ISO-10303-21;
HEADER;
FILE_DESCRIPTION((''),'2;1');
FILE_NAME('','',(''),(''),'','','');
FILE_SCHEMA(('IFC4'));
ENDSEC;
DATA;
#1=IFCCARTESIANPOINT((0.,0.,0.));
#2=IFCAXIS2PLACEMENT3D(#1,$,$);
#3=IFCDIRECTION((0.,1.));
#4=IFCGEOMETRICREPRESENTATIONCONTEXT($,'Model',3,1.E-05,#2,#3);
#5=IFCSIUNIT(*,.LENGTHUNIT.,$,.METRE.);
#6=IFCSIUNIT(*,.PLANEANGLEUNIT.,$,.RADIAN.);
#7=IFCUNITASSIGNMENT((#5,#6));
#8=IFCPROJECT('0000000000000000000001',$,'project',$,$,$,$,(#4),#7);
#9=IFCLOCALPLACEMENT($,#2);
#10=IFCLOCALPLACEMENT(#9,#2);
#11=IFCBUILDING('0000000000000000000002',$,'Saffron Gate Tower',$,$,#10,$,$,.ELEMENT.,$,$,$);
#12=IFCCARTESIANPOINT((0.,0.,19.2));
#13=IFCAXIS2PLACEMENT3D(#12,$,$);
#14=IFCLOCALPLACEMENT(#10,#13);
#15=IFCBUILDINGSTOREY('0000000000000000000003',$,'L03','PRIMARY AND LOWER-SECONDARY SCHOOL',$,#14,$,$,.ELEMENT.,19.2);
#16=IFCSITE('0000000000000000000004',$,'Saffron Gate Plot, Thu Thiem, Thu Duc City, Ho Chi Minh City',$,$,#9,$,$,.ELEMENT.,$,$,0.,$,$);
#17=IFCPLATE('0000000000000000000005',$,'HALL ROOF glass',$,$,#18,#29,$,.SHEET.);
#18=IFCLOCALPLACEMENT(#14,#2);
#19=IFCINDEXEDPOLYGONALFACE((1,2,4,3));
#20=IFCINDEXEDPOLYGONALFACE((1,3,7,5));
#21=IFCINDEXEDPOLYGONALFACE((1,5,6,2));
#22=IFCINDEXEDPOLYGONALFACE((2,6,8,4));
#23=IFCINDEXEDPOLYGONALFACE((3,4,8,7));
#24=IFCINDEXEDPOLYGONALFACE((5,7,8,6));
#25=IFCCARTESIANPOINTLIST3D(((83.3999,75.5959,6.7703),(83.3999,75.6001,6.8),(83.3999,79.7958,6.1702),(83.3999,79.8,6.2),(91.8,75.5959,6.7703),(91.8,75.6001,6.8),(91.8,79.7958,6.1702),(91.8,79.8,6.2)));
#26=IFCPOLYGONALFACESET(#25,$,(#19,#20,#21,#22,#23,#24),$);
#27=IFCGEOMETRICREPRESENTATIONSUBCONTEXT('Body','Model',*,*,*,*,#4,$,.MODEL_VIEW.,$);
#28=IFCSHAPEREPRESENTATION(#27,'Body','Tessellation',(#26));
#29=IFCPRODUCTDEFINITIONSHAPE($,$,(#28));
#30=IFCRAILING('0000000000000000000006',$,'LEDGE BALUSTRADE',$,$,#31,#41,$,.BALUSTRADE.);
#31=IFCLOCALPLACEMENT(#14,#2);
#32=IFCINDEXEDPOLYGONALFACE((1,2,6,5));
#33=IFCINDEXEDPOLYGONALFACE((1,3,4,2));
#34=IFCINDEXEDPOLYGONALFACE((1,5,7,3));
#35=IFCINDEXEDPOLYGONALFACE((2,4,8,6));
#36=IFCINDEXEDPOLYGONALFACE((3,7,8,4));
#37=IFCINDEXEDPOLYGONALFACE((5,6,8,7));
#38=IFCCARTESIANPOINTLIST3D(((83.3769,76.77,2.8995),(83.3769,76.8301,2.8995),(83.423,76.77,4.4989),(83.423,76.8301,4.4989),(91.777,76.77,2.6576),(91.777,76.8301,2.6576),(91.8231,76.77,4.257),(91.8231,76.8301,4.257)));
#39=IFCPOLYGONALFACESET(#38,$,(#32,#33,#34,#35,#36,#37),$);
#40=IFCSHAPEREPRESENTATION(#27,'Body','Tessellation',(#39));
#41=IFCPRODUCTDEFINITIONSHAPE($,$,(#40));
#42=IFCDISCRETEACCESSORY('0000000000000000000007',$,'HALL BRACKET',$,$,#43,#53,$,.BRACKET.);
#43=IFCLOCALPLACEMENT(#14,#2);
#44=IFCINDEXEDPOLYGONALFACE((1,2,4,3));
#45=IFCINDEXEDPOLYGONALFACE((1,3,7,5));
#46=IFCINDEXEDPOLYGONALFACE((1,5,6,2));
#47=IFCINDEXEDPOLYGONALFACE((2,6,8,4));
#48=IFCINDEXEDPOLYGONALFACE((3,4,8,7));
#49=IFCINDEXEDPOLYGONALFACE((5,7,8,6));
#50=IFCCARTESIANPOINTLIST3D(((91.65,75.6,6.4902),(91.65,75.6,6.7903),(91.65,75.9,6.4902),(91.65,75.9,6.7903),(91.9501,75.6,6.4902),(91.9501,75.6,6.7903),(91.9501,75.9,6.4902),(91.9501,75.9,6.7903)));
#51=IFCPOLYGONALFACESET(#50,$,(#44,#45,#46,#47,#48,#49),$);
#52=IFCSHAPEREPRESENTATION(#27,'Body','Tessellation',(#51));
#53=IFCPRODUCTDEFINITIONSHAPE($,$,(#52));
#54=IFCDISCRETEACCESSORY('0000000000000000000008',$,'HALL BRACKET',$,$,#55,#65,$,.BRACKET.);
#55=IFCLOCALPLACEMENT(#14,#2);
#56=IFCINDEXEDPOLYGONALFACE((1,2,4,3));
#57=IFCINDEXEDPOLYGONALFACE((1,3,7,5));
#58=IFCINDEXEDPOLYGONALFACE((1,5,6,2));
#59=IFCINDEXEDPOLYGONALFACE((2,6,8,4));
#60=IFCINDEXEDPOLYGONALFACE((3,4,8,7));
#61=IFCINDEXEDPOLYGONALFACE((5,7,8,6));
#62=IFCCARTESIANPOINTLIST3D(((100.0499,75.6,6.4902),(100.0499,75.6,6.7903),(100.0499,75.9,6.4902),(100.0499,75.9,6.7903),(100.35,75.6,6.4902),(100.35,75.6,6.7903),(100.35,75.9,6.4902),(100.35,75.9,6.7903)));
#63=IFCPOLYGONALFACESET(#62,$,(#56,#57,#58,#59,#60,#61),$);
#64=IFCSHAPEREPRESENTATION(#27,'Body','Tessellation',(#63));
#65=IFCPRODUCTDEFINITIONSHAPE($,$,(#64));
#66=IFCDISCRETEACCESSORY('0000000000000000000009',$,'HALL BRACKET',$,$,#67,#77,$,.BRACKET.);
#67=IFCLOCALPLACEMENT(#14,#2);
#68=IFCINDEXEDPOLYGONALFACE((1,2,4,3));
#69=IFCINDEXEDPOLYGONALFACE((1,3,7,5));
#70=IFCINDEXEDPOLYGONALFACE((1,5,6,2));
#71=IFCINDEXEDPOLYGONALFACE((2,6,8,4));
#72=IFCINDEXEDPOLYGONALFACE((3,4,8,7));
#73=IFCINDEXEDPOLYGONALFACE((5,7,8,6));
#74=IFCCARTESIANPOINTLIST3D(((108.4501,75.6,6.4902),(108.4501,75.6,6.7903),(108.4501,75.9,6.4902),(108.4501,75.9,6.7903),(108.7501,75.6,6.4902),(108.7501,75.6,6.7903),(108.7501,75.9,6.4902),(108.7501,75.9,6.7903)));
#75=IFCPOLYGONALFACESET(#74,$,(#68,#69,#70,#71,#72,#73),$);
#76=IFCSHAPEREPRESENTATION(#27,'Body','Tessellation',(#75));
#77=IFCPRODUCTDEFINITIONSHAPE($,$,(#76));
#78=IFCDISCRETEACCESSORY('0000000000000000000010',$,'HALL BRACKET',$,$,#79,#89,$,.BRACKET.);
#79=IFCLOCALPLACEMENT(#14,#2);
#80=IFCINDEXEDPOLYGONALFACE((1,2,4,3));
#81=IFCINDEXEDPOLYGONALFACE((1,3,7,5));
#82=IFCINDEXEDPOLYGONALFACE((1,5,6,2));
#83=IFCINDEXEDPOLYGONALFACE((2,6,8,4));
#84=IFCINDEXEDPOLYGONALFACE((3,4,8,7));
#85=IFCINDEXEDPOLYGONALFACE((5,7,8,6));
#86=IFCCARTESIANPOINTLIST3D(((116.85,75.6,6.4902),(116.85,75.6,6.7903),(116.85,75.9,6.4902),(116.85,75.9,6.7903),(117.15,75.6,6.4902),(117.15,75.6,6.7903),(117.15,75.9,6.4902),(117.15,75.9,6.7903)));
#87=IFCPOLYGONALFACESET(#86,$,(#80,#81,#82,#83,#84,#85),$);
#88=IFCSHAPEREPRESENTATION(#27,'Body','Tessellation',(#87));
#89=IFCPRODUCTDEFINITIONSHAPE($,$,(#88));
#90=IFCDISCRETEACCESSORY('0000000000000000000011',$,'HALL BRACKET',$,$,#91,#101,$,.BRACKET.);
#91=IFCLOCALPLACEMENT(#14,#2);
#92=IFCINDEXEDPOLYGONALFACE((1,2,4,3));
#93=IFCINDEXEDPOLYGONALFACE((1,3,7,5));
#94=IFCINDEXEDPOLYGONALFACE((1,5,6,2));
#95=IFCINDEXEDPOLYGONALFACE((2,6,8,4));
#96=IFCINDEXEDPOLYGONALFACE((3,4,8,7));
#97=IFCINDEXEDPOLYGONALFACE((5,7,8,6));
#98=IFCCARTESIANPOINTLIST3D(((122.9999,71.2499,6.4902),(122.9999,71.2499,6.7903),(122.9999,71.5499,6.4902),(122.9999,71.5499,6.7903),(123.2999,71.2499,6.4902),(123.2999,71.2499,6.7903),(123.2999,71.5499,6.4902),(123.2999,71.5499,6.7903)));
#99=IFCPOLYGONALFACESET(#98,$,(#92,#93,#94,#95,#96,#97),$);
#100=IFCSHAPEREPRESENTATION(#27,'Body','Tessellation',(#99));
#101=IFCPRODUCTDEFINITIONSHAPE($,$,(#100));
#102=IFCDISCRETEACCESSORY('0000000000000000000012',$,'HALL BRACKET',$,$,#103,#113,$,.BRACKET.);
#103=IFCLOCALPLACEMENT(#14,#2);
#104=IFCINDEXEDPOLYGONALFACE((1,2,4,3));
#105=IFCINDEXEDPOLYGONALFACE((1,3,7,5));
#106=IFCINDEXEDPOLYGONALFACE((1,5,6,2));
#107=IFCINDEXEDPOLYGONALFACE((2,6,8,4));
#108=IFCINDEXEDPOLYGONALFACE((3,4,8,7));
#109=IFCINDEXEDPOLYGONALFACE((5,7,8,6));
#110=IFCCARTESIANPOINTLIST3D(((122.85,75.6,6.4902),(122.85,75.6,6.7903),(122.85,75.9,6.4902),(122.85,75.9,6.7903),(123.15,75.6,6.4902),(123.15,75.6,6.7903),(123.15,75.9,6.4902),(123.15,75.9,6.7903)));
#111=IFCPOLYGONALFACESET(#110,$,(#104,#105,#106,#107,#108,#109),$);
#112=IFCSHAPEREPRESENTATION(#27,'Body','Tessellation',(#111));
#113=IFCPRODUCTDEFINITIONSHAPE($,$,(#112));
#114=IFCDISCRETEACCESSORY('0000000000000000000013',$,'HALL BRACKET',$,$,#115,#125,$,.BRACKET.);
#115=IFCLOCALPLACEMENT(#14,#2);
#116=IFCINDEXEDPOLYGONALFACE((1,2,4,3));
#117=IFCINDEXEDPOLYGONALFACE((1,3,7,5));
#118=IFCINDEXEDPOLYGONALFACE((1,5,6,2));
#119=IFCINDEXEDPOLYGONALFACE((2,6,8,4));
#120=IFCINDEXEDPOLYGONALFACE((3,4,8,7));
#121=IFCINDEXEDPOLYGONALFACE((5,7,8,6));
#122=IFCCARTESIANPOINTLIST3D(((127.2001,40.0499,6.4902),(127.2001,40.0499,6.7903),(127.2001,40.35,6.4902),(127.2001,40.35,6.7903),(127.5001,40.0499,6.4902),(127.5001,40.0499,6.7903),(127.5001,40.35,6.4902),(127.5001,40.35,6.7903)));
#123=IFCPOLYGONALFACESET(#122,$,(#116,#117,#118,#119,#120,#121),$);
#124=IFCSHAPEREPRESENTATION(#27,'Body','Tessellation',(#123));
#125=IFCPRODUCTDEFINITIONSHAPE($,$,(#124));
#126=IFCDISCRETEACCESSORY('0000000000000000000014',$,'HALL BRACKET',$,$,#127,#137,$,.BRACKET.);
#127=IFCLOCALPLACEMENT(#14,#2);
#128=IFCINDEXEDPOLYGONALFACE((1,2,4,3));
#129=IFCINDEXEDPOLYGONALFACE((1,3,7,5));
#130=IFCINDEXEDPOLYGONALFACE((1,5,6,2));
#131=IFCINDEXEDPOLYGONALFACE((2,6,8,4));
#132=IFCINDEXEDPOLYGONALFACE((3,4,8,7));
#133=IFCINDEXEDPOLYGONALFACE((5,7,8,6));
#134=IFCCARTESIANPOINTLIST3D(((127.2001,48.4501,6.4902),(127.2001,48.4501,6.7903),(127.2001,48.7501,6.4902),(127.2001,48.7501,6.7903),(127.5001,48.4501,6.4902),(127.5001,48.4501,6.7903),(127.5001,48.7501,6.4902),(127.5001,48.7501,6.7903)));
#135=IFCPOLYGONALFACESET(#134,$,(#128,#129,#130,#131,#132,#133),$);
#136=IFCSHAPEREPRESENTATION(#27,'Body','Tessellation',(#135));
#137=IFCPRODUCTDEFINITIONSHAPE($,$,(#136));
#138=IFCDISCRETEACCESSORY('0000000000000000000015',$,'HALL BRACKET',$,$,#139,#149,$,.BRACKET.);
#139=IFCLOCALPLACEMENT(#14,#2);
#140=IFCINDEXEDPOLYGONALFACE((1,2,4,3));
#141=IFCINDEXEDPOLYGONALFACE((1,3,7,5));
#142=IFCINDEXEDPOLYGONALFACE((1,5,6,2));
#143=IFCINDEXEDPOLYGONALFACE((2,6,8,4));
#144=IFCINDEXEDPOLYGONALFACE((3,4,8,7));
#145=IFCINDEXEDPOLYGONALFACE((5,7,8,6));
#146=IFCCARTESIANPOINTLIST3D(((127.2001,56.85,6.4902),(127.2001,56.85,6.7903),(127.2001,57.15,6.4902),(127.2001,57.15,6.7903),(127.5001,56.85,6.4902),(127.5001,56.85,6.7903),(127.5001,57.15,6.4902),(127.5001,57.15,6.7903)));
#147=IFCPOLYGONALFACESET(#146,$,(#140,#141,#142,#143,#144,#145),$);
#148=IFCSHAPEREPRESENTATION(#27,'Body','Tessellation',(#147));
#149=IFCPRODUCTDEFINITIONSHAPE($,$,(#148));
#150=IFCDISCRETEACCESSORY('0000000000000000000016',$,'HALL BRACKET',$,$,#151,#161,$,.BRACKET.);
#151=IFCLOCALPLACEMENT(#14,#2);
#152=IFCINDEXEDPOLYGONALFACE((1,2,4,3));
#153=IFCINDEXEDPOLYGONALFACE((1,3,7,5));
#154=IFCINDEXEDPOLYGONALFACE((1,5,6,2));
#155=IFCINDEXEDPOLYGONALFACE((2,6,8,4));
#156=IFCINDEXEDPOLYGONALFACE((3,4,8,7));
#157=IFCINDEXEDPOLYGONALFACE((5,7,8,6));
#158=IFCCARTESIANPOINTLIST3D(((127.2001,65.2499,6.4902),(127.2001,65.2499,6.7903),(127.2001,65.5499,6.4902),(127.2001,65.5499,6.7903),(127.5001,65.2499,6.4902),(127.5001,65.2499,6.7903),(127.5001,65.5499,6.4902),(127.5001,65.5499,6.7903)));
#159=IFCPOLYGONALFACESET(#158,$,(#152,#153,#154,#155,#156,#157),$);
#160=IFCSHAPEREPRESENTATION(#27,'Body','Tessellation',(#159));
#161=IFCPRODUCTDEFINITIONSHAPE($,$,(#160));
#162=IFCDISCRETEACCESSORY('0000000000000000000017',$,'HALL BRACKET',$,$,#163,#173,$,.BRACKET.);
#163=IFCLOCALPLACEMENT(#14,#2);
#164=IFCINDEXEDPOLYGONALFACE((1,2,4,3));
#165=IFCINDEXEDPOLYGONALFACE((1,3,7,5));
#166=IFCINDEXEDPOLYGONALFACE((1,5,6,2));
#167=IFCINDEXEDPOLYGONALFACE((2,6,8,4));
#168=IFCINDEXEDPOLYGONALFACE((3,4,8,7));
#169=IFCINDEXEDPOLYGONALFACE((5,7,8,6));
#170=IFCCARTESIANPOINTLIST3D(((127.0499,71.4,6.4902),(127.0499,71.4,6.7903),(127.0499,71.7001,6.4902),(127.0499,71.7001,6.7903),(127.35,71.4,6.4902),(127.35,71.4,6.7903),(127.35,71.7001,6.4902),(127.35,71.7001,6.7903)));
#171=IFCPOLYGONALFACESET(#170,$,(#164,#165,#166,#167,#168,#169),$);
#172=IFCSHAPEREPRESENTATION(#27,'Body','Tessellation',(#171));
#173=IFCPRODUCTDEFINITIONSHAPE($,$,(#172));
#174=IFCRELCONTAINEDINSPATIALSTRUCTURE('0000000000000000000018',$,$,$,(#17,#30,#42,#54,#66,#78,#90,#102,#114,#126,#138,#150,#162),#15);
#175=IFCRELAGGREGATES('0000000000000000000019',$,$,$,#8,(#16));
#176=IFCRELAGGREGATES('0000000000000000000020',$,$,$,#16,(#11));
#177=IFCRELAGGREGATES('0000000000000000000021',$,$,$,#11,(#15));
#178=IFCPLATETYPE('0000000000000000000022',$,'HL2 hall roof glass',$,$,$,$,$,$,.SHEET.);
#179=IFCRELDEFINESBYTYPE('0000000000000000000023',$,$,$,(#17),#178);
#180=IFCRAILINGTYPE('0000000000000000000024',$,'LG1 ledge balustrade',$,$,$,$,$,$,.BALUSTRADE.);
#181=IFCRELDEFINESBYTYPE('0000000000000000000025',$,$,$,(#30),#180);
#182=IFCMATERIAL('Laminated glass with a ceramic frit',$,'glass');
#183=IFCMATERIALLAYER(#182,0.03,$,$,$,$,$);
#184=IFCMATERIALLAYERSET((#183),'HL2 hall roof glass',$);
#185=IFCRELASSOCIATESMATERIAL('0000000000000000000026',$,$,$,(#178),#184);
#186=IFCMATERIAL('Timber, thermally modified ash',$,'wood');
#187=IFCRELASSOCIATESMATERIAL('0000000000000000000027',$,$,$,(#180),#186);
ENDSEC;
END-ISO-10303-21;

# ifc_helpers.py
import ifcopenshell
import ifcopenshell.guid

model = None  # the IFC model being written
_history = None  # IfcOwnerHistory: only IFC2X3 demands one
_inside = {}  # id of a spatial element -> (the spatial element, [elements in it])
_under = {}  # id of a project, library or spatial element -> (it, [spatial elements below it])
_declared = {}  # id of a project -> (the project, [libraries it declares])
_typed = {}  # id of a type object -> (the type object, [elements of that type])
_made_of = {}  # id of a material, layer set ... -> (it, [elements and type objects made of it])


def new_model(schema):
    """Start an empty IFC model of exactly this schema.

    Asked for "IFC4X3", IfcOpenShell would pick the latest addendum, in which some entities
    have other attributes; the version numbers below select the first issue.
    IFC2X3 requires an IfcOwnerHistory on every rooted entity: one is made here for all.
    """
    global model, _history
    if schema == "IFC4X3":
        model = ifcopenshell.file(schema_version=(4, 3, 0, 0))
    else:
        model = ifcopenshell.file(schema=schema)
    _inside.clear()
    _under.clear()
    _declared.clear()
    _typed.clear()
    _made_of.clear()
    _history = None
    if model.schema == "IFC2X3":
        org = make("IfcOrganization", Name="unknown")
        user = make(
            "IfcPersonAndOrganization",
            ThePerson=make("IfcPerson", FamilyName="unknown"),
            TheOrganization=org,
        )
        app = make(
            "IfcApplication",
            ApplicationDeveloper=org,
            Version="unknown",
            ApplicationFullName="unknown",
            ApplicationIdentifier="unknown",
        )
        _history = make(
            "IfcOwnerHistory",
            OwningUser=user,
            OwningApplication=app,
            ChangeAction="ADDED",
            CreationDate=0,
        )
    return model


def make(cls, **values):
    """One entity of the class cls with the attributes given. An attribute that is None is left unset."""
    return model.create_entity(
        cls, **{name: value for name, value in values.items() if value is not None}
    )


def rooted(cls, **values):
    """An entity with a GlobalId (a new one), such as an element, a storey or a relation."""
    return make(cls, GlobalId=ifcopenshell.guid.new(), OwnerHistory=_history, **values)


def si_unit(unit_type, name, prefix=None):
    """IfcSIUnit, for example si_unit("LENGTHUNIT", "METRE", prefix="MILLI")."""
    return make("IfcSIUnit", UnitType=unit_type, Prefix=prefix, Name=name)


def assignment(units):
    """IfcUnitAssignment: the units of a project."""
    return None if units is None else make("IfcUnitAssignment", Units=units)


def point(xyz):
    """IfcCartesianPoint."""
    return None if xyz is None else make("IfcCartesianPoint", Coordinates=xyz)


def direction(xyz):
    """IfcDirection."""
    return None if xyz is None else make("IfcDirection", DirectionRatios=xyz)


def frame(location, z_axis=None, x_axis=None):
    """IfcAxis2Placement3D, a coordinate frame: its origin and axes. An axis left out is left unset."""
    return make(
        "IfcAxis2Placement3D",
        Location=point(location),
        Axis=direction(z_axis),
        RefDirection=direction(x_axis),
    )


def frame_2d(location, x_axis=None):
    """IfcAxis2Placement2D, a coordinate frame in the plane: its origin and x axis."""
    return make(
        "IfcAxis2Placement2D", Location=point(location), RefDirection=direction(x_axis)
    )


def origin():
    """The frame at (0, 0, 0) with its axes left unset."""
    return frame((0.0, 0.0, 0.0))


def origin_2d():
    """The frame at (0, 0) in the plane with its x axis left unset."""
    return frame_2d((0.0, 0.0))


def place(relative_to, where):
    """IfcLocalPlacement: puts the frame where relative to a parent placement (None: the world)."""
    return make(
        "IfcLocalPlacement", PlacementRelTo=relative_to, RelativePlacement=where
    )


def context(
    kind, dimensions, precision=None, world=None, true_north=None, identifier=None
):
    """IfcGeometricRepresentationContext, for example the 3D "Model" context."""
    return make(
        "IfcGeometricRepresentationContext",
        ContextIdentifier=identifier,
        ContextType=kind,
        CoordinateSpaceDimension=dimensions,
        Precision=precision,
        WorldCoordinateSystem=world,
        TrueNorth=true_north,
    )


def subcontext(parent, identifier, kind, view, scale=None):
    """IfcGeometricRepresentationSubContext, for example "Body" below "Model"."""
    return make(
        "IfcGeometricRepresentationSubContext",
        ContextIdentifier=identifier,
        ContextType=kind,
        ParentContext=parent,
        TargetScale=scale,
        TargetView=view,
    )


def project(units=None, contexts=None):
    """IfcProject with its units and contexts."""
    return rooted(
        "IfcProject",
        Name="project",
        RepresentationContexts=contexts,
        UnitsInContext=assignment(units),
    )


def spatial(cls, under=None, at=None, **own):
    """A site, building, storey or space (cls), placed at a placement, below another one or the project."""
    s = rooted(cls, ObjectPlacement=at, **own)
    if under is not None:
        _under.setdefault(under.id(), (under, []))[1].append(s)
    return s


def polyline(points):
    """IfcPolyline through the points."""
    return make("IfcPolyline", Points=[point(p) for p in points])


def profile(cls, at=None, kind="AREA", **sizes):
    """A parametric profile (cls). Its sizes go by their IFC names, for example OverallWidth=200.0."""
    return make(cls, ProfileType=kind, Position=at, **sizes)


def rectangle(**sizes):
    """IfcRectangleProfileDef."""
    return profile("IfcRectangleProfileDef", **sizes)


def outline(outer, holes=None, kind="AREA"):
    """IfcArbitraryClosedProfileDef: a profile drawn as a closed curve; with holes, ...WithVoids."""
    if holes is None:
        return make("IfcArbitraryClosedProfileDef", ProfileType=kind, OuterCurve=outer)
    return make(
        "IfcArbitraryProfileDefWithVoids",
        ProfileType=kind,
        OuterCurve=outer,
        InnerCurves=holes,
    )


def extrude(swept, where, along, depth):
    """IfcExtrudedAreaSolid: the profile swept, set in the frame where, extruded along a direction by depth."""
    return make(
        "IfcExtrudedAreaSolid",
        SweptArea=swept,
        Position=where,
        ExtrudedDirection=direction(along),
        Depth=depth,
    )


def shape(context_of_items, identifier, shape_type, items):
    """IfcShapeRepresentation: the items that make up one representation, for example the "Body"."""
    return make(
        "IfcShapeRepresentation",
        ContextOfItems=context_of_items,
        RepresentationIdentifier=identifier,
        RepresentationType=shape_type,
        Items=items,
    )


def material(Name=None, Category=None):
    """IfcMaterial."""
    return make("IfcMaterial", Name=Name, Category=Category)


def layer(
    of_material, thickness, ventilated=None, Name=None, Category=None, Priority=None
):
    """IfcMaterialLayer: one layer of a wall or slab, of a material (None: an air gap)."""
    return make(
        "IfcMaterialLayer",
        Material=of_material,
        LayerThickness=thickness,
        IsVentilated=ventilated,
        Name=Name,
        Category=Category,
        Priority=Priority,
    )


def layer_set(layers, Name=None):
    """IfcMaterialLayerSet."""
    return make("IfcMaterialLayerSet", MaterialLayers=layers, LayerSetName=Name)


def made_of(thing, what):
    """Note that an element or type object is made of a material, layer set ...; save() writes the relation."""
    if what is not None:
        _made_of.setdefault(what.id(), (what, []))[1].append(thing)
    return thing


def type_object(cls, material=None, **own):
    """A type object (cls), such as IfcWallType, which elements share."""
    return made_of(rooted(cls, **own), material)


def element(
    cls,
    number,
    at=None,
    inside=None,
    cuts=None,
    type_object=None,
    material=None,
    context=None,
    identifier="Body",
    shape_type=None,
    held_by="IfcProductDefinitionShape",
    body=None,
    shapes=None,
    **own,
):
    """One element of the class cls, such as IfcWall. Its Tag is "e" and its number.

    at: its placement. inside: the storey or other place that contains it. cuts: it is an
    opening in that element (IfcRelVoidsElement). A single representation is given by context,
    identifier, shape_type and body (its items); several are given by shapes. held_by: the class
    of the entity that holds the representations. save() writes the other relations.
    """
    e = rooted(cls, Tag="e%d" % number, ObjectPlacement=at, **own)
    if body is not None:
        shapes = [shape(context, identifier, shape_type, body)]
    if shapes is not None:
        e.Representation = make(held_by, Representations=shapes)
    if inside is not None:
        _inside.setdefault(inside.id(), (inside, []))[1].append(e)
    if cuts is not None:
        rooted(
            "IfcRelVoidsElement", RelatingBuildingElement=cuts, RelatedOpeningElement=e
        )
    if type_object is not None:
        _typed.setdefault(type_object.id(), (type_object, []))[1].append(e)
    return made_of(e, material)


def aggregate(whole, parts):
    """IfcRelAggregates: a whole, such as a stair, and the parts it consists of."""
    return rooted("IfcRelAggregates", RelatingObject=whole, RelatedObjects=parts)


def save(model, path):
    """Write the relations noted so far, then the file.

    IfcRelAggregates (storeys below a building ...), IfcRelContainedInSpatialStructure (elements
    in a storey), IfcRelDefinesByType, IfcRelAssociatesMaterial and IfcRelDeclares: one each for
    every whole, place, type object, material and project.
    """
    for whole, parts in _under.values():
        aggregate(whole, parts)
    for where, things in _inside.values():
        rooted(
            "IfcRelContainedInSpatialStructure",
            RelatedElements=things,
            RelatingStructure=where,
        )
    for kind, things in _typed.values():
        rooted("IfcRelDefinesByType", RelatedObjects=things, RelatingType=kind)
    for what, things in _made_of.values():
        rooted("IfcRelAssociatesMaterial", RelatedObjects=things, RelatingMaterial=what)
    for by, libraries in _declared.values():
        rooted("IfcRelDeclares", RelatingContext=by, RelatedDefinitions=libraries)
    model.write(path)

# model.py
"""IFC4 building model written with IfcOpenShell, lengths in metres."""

from ifc_helpers import new_model, si_unit, direction, frame, origin, origin_2d, place, context, subcontext, project, spatial, polyline, rectangle, outline, extrude, material, layer, layer_set, type_object, element, save


model = new_model("IFC4")

# Units and contexts
model_context = context("Model", 3, precision=1e-05, world=origin(), true_north=direction((0.0, 1.0)))
body_context = subcontext(model_context, "Body", "Model", "MODEL_VIEW")
ifc_project = project(units=[si_unit("LENGTHUNIT", "METRE"), si_unit("PLANEANGLEUNIT", "RADIAN")], contexts=[model_context])

# Site, building, storey
site_placement = place(None, origin())
site = spatial("IfcSite", under=ifc_project, at=site_placement, Name="Saffron Gate Plot, Thu Thiem, Thu Duc City, Ho Chi Minh City", CompositionType="ELEMENT", RefElevation=0.0)
building_placement = place(site_placement, origin())
building = spatial("IfcBuilding", under=site, at=building_placement, Name="Saffron Gate Tower", CompositionType="ELEMENT")
storey_placement = place(building_placement, frame((0.0, 0.0, 19.2)))
storey = spatial("IfcBuildingStorey", under=building, at=storey_placement, Name="L03", Description="PRIMARY AND LOWER-SECONDARY SCHOOL", CompositionType="ELEMENT", Elevation=19.2)

# Plate
ifc_material_1 = material(Name="Laminated glass with a ceramic frit", Category="glass")
ifc_layer = layer(ifc_material_1, 0.03)
ifc_layer_set = layer_set([ifc_layer], Name="HL2 hall roof glass")
plate_type = type_object("IfcPlateType", Name="HL2 hall roof glass", PredefinedType="SHEET", material=ifc_layer_set)
plate_1_placement = place(storey_placement, frame((91.8, 75.6001, 6.8), z_axis=(0.0, 0.141446, 0.989946), x_axis=(-1.0, 0.0, 0.0)))
element("IfcPlate", 1, at=plate_1_placement, inside=storey, type_object=plate_type, Name="HALL ROOF glass", PredefinedType="SHEET", context=body_context, shape_type="SweptSolid", body=[
    extrude(outline(polyline([(0.0, 0.0), (8.4001, 0.0), (8.4001, -4.2426), (0.0, -4.2426), (0.0, 0.0)])), origin(), (0.0, 0.0, -1.0), 0.03),
])

# Railing
ifc_material_2 = material(Name="Timber, thermally modified ash", Category="wood")
railing_type = type_object("IfcRailingType", Name="LG1 ledge balustrade", PredefinedType="BALUSTRADE", material=ifc_material_2)
railing_placement = place(storey_placement, frame((91.8, 76.8, 2.6572)))
element("IfcRailing", 2, at=railing_placement, inside=storey, type_object=railing_type, Name="LEDGE BALUSTRADE", PredefinedType="BALUSTRADE", context=body_context, shape_type="SweptSolid", body=[
    extrude(rectangle(XDim=0.0601, YDim=1.6001, at=origin_2d()), frame((0.0, 0.0, 0.8), z_axis=(-0.999585, 0.0, 0.02879), x_axis=(0.0, -1.0, 0.0)), (0.0, 0.0, 1.0), 8.4036),
])

# Discrete accessories
for number, where, z_axis, x_axis, name in (
    (3, (91.8, 75.75, 6.4902), (0.0, 0.0, 1.0), (-1.0, 0.0, 0.0), "HALL BRACKET"),
    (4, (100.2, 75.75, 6.4902), (0.0, 0.0, 1.0), (-1.0, 0.0, 0.0), "HALL BRACKET"),
    (5, (108.6001, 75.75, 6.4902), (0.0, 0.0, 1.0), (-1.0, 0.0, 0.0), "HALL BRACKET"),
    (6, (117.0, 75.75, 6.4902), (0.0, 0.0, 1.0), (-1.0, 0.0, 0.0), "HALL BRACKET"),
    (7, (123.1499, 71.3999, 6.4902), (0.0, 0.0, 1.0), (0.0, 1.0, 0.0), "HALL BRACKET"),
    (8, (123.0, 75.75, 6.4902), (0.0, 0.0, 1.0), (-1.0, 0.0, 0.0), "HALL BRACKET"),
    (9, (127.3501, 40.2, 6.4902), (0.0, 0.0, 1.0), (0.0, 1.0, 0.0), "HALL BRACKET"),
    (10, (127.3501, 48.6001, 6.4902), (0.0, 0.0, 1.0), (0.0, 1.0, 0.0), "HALL BRACKET"),
    (11, (127.3501, 57.0, 6.4902), (0.0, 0.0, 1.0), (0.0, 1.0, 0.0), "HALL BRACKET"),
    (12, (127.3501, 65.3999, 6.4902), (0.0, 0.0, 1.0), (0.0, 1.0, 0.0), "HALL BRACKET"),
    (13, (127.2, 71.55, 6.4902), (0.0, 0.0, 1.0), (-1.0, 0.0, 0.0), "HALL BRACKET"),
):
    element("IfcDiscreteAccessory", number, at=place(storey_placement, frame(where, z_axis=z_axis, x_axis=x_axis)), inside=storey, Name=name, PredefinedType="BRACKET", context=body_context, shape_type="SweptSolid", body=[
        extrude(rectangle(XDim=0.3, YDim=0.3, at=origin_2d()), origin(), (0.0, 0.0, 1.0), 0.3),
    ])

save(model, "model.ifc")
